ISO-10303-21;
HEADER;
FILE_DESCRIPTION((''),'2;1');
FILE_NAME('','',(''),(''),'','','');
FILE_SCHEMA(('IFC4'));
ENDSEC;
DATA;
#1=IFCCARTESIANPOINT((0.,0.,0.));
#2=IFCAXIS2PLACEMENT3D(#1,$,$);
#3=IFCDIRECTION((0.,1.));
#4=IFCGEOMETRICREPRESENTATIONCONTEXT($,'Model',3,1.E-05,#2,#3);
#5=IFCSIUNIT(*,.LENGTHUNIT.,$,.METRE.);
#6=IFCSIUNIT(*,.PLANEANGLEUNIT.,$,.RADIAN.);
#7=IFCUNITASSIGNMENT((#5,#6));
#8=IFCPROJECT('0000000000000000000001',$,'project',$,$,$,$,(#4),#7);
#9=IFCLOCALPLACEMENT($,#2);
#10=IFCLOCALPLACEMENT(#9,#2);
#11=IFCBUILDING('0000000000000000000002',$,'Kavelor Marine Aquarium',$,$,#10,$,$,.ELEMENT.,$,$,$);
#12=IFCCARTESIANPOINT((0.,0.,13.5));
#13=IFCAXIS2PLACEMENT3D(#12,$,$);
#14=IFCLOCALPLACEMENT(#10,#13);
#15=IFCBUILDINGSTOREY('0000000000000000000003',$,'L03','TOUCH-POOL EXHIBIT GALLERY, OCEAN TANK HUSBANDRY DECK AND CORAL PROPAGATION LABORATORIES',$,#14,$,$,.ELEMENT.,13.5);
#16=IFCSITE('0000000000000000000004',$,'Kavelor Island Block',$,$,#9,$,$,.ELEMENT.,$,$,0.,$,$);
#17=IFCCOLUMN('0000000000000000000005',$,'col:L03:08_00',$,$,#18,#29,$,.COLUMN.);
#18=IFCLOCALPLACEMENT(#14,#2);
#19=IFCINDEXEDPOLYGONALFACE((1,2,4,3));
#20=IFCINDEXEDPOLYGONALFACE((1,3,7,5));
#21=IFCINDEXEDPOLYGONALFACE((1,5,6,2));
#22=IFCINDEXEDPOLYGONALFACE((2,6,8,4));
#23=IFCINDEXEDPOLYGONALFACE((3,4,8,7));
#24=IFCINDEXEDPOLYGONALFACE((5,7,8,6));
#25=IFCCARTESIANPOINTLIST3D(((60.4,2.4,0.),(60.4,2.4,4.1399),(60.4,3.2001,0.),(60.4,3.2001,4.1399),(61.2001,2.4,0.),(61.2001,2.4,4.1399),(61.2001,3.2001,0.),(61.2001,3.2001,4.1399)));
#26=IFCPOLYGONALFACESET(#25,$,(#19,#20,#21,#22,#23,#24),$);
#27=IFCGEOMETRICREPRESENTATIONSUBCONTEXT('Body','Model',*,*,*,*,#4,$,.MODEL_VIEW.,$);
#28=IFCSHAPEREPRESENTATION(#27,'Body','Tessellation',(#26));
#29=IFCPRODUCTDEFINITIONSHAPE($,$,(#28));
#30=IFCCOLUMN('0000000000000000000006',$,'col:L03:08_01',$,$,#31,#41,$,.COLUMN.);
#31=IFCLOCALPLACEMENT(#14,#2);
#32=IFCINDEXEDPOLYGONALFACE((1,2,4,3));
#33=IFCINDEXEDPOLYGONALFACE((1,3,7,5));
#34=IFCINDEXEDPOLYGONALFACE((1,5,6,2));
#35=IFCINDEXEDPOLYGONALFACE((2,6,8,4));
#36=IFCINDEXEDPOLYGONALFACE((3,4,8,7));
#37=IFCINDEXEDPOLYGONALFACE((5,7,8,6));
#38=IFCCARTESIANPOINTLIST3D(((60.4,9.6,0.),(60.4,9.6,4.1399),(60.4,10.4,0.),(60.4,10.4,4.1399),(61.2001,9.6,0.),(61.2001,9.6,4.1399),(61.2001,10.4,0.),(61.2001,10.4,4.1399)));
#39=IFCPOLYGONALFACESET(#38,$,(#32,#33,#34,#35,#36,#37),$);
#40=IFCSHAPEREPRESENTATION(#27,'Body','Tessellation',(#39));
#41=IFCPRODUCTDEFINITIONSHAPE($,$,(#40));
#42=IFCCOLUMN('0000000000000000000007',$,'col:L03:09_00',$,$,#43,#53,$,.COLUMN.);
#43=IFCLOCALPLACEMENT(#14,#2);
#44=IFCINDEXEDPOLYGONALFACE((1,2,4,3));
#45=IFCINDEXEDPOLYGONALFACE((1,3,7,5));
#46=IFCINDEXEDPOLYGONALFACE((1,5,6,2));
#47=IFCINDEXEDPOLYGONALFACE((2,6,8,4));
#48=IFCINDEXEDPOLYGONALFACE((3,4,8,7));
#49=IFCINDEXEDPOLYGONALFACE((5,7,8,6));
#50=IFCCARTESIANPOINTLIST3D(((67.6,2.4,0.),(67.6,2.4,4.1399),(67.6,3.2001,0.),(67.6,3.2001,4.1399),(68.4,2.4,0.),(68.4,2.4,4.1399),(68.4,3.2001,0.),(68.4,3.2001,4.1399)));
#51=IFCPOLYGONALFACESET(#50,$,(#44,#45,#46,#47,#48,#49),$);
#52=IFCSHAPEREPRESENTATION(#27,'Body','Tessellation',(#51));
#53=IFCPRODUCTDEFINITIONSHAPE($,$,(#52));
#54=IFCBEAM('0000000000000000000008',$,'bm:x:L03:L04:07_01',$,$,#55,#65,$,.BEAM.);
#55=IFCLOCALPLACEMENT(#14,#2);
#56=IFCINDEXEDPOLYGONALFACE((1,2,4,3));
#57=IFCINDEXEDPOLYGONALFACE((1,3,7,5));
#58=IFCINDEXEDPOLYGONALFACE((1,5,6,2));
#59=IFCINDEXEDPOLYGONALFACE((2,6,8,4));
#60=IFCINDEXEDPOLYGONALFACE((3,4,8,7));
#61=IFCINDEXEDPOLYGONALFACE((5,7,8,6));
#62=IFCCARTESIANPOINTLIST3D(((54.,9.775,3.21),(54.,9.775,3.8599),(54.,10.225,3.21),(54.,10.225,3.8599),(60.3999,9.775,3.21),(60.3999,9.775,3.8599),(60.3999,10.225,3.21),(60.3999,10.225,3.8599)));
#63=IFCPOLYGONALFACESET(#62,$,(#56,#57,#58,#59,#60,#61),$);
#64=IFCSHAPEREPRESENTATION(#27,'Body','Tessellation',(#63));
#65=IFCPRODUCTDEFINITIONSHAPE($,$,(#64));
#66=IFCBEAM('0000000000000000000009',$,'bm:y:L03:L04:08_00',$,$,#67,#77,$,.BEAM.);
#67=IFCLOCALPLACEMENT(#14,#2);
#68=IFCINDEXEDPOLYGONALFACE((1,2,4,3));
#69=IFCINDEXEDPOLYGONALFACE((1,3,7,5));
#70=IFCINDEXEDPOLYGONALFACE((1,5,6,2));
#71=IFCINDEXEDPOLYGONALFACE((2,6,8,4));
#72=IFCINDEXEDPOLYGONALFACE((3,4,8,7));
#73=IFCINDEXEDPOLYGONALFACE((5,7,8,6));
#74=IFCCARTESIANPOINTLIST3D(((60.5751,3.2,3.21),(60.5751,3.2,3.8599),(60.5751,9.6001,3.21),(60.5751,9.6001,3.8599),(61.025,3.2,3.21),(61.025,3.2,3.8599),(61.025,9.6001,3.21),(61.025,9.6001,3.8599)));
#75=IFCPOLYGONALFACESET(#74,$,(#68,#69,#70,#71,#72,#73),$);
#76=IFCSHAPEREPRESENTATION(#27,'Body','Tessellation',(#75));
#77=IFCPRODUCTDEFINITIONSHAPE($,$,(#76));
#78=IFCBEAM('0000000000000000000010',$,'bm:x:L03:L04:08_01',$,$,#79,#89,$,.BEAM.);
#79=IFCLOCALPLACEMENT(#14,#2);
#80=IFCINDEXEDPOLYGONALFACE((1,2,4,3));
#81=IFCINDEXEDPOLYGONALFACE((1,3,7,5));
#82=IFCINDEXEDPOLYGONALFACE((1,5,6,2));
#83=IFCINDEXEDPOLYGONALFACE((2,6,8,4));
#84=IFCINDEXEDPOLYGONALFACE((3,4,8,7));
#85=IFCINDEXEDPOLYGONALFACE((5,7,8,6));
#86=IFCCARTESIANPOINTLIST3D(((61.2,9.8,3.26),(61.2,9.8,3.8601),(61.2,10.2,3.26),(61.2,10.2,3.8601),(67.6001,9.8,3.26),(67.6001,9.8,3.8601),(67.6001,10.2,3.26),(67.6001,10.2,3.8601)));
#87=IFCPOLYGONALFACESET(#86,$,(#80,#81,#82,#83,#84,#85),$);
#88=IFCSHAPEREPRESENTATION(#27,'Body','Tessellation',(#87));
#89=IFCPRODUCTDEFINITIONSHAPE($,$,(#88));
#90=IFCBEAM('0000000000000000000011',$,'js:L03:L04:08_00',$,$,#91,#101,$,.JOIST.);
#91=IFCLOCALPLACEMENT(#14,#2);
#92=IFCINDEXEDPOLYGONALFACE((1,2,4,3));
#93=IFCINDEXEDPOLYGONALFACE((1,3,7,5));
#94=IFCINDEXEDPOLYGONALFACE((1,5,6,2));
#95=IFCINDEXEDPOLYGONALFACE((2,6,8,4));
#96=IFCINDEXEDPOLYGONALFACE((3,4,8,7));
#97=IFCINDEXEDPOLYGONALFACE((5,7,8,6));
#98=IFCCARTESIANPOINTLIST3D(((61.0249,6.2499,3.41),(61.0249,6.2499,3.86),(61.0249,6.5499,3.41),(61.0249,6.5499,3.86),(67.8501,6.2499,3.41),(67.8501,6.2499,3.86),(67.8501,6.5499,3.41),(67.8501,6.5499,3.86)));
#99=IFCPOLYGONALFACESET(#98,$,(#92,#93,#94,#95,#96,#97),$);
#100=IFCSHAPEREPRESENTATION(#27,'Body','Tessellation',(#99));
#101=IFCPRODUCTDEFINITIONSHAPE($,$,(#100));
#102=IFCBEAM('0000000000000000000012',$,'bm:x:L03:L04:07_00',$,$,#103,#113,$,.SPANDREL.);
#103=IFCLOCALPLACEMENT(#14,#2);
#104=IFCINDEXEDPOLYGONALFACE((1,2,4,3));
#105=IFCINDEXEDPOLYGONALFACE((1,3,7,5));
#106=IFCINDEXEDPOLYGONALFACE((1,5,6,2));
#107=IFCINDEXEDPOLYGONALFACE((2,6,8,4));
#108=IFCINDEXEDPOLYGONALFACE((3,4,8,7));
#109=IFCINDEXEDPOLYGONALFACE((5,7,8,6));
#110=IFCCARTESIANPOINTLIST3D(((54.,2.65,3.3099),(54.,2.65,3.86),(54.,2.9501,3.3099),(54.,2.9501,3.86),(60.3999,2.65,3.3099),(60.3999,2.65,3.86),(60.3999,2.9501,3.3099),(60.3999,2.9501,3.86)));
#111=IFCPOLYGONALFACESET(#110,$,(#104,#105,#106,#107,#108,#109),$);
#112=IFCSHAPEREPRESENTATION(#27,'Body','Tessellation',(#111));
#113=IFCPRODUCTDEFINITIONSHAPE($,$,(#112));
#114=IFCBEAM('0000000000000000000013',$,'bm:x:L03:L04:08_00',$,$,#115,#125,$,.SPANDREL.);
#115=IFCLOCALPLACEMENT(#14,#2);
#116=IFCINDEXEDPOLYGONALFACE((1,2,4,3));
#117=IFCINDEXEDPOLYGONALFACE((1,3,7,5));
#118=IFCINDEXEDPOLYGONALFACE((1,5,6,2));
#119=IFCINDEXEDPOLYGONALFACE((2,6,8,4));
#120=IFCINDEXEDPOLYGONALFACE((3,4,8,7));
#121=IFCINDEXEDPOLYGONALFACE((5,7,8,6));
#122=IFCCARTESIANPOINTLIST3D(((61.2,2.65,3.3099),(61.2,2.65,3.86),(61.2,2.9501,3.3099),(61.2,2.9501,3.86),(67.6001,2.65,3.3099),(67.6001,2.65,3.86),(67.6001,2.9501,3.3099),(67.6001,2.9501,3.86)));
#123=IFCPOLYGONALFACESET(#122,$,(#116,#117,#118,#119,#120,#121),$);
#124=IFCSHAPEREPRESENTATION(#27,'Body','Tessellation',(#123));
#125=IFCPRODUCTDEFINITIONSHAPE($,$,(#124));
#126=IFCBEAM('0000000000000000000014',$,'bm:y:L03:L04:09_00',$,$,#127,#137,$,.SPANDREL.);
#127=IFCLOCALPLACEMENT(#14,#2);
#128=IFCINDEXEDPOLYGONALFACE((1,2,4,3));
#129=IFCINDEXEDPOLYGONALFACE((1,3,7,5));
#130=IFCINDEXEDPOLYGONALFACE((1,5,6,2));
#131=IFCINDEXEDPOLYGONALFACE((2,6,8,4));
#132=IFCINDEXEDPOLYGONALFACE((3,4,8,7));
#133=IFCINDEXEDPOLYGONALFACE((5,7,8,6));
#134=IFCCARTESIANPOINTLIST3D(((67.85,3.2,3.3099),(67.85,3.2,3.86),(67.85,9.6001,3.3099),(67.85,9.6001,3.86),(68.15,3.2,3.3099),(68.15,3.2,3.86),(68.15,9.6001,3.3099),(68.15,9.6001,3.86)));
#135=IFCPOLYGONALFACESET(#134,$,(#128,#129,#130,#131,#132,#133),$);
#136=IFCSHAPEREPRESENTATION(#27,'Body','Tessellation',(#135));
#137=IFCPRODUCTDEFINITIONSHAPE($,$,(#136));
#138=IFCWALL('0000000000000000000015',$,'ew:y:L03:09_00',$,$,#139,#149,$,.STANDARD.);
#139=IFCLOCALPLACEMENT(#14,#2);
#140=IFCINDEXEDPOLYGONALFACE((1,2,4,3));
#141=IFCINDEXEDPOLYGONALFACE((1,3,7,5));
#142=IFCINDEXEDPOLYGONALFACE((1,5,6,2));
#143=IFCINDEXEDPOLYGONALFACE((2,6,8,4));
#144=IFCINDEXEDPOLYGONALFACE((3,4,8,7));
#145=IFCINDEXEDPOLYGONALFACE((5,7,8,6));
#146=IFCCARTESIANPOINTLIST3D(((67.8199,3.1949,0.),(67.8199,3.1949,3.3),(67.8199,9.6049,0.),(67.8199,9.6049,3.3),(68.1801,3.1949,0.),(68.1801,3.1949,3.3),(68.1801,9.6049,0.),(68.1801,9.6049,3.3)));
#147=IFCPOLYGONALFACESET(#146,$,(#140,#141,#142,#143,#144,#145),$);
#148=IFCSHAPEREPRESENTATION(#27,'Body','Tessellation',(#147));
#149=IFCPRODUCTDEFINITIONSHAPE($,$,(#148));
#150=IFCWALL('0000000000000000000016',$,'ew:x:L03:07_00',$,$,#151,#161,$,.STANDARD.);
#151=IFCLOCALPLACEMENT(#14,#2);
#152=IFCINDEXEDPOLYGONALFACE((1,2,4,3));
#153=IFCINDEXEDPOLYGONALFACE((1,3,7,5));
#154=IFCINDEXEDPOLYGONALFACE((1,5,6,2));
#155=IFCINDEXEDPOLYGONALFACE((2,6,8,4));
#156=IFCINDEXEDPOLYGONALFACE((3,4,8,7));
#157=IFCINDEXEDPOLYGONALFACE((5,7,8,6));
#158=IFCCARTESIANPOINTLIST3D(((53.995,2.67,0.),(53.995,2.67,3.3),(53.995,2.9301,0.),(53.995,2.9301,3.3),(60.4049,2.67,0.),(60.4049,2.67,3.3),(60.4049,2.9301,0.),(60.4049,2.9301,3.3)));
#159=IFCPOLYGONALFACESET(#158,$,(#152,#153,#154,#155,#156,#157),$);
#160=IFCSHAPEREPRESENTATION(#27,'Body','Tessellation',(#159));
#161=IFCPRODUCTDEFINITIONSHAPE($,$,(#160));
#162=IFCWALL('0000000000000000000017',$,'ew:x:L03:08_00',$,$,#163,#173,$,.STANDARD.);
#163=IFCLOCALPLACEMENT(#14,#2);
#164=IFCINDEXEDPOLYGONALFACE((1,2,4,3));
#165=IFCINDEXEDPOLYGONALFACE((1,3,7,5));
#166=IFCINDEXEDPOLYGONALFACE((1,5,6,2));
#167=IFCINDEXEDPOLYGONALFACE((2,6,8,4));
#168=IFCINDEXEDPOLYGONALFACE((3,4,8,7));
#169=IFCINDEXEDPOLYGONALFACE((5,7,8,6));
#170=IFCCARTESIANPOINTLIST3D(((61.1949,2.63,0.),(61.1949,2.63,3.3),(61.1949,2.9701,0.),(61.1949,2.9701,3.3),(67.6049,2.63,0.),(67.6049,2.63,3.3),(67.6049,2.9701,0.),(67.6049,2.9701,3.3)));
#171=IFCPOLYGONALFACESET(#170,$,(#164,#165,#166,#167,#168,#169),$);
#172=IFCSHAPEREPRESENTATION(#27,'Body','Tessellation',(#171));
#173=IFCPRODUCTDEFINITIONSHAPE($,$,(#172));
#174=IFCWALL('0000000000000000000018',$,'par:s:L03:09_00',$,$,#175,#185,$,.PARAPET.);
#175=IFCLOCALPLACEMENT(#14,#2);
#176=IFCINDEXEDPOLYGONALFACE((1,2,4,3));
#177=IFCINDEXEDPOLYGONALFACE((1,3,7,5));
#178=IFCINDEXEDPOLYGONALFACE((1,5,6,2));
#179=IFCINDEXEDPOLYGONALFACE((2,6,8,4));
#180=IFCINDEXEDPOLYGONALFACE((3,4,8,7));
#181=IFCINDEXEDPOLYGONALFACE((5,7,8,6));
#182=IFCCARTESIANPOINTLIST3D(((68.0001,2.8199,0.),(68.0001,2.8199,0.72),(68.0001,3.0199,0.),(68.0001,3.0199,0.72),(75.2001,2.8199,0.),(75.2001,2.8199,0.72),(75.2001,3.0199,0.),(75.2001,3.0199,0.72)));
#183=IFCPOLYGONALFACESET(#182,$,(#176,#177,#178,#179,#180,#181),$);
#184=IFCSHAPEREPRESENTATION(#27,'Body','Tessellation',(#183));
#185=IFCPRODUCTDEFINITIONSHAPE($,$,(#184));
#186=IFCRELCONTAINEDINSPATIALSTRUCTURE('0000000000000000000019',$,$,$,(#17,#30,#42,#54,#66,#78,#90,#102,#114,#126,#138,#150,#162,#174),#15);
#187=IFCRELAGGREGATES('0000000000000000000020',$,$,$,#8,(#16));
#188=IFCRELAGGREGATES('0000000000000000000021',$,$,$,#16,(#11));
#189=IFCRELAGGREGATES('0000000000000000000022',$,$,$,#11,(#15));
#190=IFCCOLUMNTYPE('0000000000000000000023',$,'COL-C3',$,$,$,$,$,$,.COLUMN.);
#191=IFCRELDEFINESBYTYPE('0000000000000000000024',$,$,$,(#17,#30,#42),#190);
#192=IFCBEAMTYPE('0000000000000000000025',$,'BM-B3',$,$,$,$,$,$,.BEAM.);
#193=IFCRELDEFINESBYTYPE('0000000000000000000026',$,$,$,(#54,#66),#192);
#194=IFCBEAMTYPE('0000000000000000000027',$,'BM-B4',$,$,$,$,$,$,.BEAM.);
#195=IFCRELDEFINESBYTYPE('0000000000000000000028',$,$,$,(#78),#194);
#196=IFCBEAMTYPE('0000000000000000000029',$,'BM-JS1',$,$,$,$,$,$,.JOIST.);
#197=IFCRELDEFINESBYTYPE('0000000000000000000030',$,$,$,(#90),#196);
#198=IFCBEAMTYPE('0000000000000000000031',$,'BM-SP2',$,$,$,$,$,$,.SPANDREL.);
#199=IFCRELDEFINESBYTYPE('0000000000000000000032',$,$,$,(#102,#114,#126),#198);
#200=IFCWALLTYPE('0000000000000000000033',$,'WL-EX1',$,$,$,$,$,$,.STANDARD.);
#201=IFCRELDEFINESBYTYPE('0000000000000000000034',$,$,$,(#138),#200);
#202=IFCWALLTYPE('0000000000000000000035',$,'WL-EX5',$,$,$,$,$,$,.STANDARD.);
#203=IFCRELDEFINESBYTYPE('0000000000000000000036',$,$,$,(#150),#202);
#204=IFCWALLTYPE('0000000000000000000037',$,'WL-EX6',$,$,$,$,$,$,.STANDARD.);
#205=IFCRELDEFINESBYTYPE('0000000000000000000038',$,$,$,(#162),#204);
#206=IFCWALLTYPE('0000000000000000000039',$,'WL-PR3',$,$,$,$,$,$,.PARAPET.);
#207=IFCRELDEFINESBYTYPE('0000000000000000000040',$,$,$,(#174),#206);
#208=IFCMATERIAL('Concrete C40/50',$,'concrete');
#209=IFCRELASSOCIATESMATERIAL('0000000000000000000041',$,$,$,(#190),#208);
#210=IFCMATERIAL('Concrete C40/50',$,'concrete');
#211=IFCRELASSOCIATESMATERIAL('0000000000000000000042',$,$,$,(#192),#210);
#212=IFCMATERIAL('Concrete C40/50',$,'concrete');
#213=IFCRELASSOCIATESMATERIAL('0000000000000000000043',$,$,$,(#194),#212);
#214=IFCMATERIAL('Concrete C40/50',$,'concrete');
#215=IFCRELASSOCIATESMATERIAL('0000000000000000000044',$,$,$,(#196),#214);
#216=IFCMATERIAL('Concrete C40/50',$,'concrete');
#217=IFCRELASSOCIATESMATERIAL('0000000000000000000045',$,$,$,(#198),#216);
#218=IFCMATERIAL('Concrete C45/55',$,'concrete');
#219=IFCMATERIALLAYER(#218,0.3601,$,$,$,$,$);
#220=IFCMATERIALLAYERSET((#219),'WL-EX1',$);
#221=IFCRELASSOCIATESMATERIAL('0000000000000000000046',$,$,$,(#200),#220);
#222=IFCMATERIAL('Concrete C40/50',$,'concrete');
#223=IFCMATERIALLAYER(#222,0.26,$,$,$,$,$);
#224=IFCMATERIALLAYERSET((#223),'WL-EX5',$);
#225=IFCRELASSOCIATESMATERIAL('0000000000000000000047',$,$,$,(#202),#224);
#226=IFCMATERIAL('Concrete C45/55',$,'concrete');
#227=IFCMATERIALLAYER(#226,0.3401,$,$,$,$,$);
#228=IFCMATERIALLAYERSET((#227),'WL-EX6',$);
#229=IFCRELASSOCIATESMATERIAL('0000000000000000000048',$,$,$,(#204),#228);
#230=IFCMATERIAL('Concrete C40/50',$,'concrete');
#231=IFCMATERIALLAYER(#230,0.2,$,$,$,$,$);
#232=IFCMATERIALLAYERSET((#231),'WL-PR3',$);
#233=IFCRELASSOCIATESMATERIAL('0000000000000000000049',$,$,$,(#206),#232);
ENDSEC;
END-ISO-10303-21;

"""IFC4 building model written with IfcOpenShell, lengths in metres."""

from ifc_helpers import new_model, si_unit, direction, frame, frame_2d, origin, origin_2d, place, context, subcontext, project, spatial, rectangle, extrude, material, layer, layer_set, material_profile, profile_set, type_object, element, save


model = new_model("IFC4")

# Units and contexts
model_context = context("Model", 3, precision=1e-05, world=origin(), true_north=direction((0.0, 1.0)))
body_context = subcontext(model_context, "Body", "Model", "MODEL_VIEW")
ifc_project = project(units=[si_unit("LENGTHUNIT", "METRE"), si_unit("PLANEANGLEUNIT", "RADIAN")], contexts=[model_context])

# Site, building, storey
site_placement = place(None, origin())
site = spatial("IfcSite", under=ifc_project, at=site_placement, Name="Kavelor Island Block", CompositionType="ELEMENT", RefElevation=0.0)
building_placement = place(site_placement, origin())
building = spatial("IfcBuilding", under=site, at=building_placement, Name="Kavelor Marine Aquarium", CompositionType="ELEMENT")
storey_placement = place(building_placement, frame((0.0, 0.0, 13.5)))
storey = spatial("IfcBuildingStorey", under=building, at=storey_placement, Name="L03", Description="TOUCH-POOL EXHIBIT GALLERY, OCEAN TANK HUSBANDRY DECK AND CORAL PROPAGATION LABORATORIES", CompositionType="ELEMENT", Elevation=13.5)

# Columns
ifc_material_1 = material(Name="Concrete C40/50", Category="concrete")
ifc_material_profile_1 = material_profile(ifc_material_1, rectangle(XDim=0.8, YDim=0.8, at=origin_2d()), Name="RC-COL 800x800")
ifc_profile_set_1 = profile_set([ifc_material_profile_1], Name="Concrete C40/50")
column_type = type_object("IfcColumnType", Name="COL-C3", PredefinedType="COLUMN", material=ifc_profile_set_1)
for number, where, z_axis, x_axis, name in (
    (1, (60.8, 2.8, 0.0), (0.0, 0.0, 1.0), (1.0, 0.0, 0.0), "col:L03:08_00"),
    (2, (60.8, 10.0, 0.0), (0.0, 0.0, 1.0), (1.0, 0.0, 0.0), "col:L03:08_01"),
    (3, (68.0, 2.8, 0.0), (0.0, 0.0, 1.0), (1.0, 0.0, 0.0), "col:L03:09_00"),
):
    element("IfcColumn", number, at=place(storey_placement, frame(where, z_axis=z_axis, x_axis=x_axis)), inside=storey, type_object=column_type, Name=name, PredefinedType="COLUMN", context=body_context, shape_type="SweptSolid", body=[
        extrude(rectangle(XDim=0.8, YDim=0.8, at=origin_2d()), origin(), (0.0, 0.0, 1.0), 4.1399),
    ])

# Beams
ifc_material_2 = material(Name="Concrete C40/50", Category="concrete")
ifc_material_profile_2 = material_profile(ifc_material_2, rectangle(XDim=0.45, YDim=0.6499, at=origin_2d()), Name="RC-BM 450x650")
ifc_profile_set_2 = profile_set([ifc_material_profile_2], Name="Concrete C40/50")
beam_type_1 = type_object("IfcBeamType", Name="BM-B3", PredefinedType="BEAM", material=ifc_profile_set_2)
beam_1_placement = place(storey_placement, frame((54.0, 10.0, 3.5349), z_axis=(1.0, 0.0, 0.0), x_axis=(0.0, 1.0, 0.0)))
element("IfcBeam", 4, at=beam_1_placement, inside=storey, type_object=beam_type_1, Name="bm:x:L03:L04:07_01", PredefinedType="BEAM", context=body_context, shape_type="SweptSolid", body=[
    extrude(rectangle(XDim=0.45, YDim=0.6499, at=origin_2d()), origin(), (0.0, 0.0, 1.0), 6.3999),
])
beam_2_placement = place(storey_placement, frame((60.8, 3.2, 3.5349), z_axis=(0.0, 1.0, 0.0), x_axis=(-1.0, 0.0, 0.0)))
element("IfcBeam", 5, at=beam_2_placement, inside=storey, type_object=beam_type_1, Name="bm:y:L03:L04:08_00", PredefinedType="BEAM", context=body_context, shape_type="SweptSolid", body=[
    extrude(rectangle(XDim=0.45, YDim=0.6499, at=origin_2d()), origin(), (0.0, 0.0, 1.0), 6.4001),
])
ifc_material_3 = material(Name="Concrete C40/50", Category="concrete")
ifc_material_profile_3 = material_profile(ifc_material_3, rectangle(XDim=0.3999, YDim=0.6001, at=origin_2d()), Name="RC-BM 400x600")
ifc_profile_set_3 = profile_set([ifc_material_profile_3], Name="Concrete C40/50")
beam_type_2 = type_object("IfcBeamType", Name="BM-B4", PredefinedType="BEAM", material=ifc_profile_set_3)
beam_3_placement = place(storey_placement, frame((61.2, 10.0, 3.5601), z_axis=(1.0, 0.0, 0.0), x_axis=(0.0, 1.0, 0.0)))
element("IfcBeam", 6, at=beam_3_placement, inside=storey, type_object=beam_type_2, Name="bm:x:L03:L04:08_01", PredefinedType="BEAM", context=body_context, shape_type="SweptSolid", body=[
    extrude(rectangle(XDim=0.3999, YDim=0.6001, at=origin_2d()), origin(), (0.0, 0.0, 1.0), 6.4001),
])
ifc_material_4 = material(Name="Concrete C40/50", Category="concrete")
ifc_material_profile_4 = material_profile(ifc_material_4, rectangle(XDim=0.3, YDim=0.45, at=origin_2d()), Name="RC-JS 300x450")
ifc_profile_set_4 = profile_set([ifc_material_profile_4], Name="Concrete C40/50")
beam_type_3 = type_object("IfcBeamType", Name="BM-JS1", PredefinedType="JOIST", material=ifc_profile_set_4)
beam_4_placement = place(storey_placement, frame((61.0249, 6.3999, 3.635), z_axis=(1.0, 0.0, 0.0), x_axis=(0.0, 1.0, 0.0)))
element("IfcBeam", 7, at=beam_4_placement, inside=storey, type_object=beam_type_3, Name="js:L03:L04:08_00", PredefinedType="JOIST", context=body_context, shape_type="SweptSolid", body=[
    extrude(rectangle(XDim=0.3, YDim=0.45, at=origin_2d()), origin(), (0.0, 0.0, 1.0), 6.8252),
])
ifc_material_5 = material(Name="Concrete C40/50", Category="concrete")
ifc_material_profile_5 = material_profile(ifc_material_5, rectangle(XDim=0.3, YDim=0.55, at=origin_2d()), Name="RC-SP 300x550")
ifc_profile_set_5 = profile_set([ifc_material_profile_5], Name="Concrete C40/50")
beam_type_4 = type_object("IfcBeamType", Name="BM-SP2", PredefinedType="SPANDREL", material=ifc_profile_set_5)
beam_5_placement = place(storey_placement, frame((54.0, 2.8, 3.585), z_axis=(1.0, 0.0, 0.0), x_axis=(0.0, 1.0, 0.0)))
element("IfcBeam", 8, at=beam_5_placement, inside=storey, type_object=beam_type_4, Name="bm:x:L03:L04:07_00", PredefinedType="SPANDREL", context=body_context, shape_type="SweptSolid", body=[
    extrude(rectangle(XDim=0.3, YDim=0.55, at=origin_2d()), origin(), (0.0, 0.0, 1.0), 6.3999),
])
for number, where, z_axis, x_axis, name in (
    (9, (61.2, 2.8, 3.585), (1.0, 0.0, 0.0), (0.0, 1.0, 0.0), "bm:x:L03:L04:08_00"),
    (10, (68.0, 3.2, 3.585), (0.0, 1.0, 0.0), (-1.0, 0.0, 0.0), "bm:y:L03:L04:09_00"),
):
    element("IfcBeam", number, at=place(storey_placement, frame(where, z_axis=z_axis, x_axis=x_axis)), inside=storey, type_object=beam_type_4, Name=name, PredefinedType="SPANDREL", context=body_context, shape_type="SweptSolid", body=[
        extrude(rectangle(XDim=0.3, YDim=0.55, at=origin_2d()), origin(), (0.0, 0.0, 1.0), 6.4001),
    ])

# Walls
ifc_material_6 = material(Name="Concrete C45/55", Category="concrete")
ifc_layer_1 = layer(ifc_material_6, 0.3601)
ifc_layer_set_1 = layer_set([ifc_layer_1], Name="WL-EX1")
wall_type_1 = type_object("IfcWallType", Name="WL-EX1", PredefinedType="STANDARD", material=ifc_layer_set_1)
wall_1_placement = place(storey_placement, frame((68.0, 9.605, 0.0), z_axis=(0.0, 0.0, 1.0), x_axis=(0.0, -1.0, 0.0)))
element("IfcWall", 11, at=wall_1_placement, inside=storey, type_object=wall_type_1, Name="ew:y:L03:09_00", PredefinedType="STANDARD", context=body_context, shape_type="SweptSolid", body=[
    extrude(rectangle(XDim=6.4099, YDim=0.3601, at=frame_2d((3.2051, 0.0))), origin(), (0.0, 0.0, 1.0), 3.3),
])
ifc_material_7 = material(Name="Concrete C40/50", Category="concrete")
ifc_layer_2 = layer(ifc_material_7, 0.26)
ifc_layer_set_2 = layer_set([ifc_layer_2], Name="WL-EX5")
wall_type_2 = type_object("IfcWallType", Name="WL-EX5", PredefinedType="STANDARD", material=ifc_layer_set_2)
wall_2_placement = place(storey_placement, frame((60.405, 2.8, 0.0), z_axis=(0.0, 0.0, 1.0), x_axis=(-1.0, 0.0, 0.0)))
element("IfcWall", 12, at=wall_2_placement, inside=storey, type_object=wall_type_2, Name="ew:x:L03:07_00", PredefinedType="STANDARD", context=body_context, shape_type="SweptSolid", body=[
    extrude(rectangle(XDim=6.4099, YDim=0.26, at=frame_2d((3.2051, 0.0))), origin(), (0.0, 0.0, 1.0), 3.3),
])
ifc_material_8 = material(Name="Concrete C45/55", Category="concrete")
ifc_layer_3 = layer(ifc_material_8, 0.3401)
ifc_layer_set_3 = layer_set([ifc_layer_3], Name="WL-EX6")
wall_type_3 = type_object("IfcWallType", Name="WL-EX6", PredefinedType="STANDARD", material=ifc_layer_set_3)
wall_3_placement = place(storey_placement, frame((67.605, 2.8, 0.0), z_axis=(0.0, 0.0, 1.0), x_axis=(-1.0, 0.0, 0.0)))
element("IfcWall", 13, at=wall_3_placement, inside=storey, type_object=wall_type_3, Name="ew:x:L03:08_00", PredefinedType="STANDARD", context=body_context, shape_type="SweptSolid", body=[
    extrude(rectangle(XDim=6.4099, YDim=0.3401, at=frame_2d((3.2051, 0.0))), origin(), (0.0, 0.0, 1.0), 3.3),
])
ifc_material_9 = material(Name="Concrete C40/50", Category="concrete")
ifc_layer_4 = layer(ifc_material_9, 0.2)
ifc_layer_set_4 = layer_set([ifc_layer_4], Name="WL-PR3")
wall_type_4 = type_object("IfcWallType", Name="WL-PR3", PredefinedType="PARAPET", material=ifc_layer_set_4)
for number, where, z_axis, x_axis, name in (
    (14, (68.0, 2.9199, 0.0), (0.0, 0.0, 1.0), (1.0, 0.0, 0.0), "par:s:L03:09_00"),
):
    element("IfcWall", number, at=place(storey_placement, frame(where, z_axis=z_axis, x_axis=x_axis)), inside=storey, type_object=wall_type_4, Name=name, PredefinedType="PARAPET", context=body_context, shape_type="SweptSolid", body=[
        extrude(rectangle(XDim=7.2, YDim=0.2, at=frame_2d((3.6001, 0.0))), origin(), (0.0, 0.0, 1.0), 0.72),
    ])

save(model, "model.ifc")
